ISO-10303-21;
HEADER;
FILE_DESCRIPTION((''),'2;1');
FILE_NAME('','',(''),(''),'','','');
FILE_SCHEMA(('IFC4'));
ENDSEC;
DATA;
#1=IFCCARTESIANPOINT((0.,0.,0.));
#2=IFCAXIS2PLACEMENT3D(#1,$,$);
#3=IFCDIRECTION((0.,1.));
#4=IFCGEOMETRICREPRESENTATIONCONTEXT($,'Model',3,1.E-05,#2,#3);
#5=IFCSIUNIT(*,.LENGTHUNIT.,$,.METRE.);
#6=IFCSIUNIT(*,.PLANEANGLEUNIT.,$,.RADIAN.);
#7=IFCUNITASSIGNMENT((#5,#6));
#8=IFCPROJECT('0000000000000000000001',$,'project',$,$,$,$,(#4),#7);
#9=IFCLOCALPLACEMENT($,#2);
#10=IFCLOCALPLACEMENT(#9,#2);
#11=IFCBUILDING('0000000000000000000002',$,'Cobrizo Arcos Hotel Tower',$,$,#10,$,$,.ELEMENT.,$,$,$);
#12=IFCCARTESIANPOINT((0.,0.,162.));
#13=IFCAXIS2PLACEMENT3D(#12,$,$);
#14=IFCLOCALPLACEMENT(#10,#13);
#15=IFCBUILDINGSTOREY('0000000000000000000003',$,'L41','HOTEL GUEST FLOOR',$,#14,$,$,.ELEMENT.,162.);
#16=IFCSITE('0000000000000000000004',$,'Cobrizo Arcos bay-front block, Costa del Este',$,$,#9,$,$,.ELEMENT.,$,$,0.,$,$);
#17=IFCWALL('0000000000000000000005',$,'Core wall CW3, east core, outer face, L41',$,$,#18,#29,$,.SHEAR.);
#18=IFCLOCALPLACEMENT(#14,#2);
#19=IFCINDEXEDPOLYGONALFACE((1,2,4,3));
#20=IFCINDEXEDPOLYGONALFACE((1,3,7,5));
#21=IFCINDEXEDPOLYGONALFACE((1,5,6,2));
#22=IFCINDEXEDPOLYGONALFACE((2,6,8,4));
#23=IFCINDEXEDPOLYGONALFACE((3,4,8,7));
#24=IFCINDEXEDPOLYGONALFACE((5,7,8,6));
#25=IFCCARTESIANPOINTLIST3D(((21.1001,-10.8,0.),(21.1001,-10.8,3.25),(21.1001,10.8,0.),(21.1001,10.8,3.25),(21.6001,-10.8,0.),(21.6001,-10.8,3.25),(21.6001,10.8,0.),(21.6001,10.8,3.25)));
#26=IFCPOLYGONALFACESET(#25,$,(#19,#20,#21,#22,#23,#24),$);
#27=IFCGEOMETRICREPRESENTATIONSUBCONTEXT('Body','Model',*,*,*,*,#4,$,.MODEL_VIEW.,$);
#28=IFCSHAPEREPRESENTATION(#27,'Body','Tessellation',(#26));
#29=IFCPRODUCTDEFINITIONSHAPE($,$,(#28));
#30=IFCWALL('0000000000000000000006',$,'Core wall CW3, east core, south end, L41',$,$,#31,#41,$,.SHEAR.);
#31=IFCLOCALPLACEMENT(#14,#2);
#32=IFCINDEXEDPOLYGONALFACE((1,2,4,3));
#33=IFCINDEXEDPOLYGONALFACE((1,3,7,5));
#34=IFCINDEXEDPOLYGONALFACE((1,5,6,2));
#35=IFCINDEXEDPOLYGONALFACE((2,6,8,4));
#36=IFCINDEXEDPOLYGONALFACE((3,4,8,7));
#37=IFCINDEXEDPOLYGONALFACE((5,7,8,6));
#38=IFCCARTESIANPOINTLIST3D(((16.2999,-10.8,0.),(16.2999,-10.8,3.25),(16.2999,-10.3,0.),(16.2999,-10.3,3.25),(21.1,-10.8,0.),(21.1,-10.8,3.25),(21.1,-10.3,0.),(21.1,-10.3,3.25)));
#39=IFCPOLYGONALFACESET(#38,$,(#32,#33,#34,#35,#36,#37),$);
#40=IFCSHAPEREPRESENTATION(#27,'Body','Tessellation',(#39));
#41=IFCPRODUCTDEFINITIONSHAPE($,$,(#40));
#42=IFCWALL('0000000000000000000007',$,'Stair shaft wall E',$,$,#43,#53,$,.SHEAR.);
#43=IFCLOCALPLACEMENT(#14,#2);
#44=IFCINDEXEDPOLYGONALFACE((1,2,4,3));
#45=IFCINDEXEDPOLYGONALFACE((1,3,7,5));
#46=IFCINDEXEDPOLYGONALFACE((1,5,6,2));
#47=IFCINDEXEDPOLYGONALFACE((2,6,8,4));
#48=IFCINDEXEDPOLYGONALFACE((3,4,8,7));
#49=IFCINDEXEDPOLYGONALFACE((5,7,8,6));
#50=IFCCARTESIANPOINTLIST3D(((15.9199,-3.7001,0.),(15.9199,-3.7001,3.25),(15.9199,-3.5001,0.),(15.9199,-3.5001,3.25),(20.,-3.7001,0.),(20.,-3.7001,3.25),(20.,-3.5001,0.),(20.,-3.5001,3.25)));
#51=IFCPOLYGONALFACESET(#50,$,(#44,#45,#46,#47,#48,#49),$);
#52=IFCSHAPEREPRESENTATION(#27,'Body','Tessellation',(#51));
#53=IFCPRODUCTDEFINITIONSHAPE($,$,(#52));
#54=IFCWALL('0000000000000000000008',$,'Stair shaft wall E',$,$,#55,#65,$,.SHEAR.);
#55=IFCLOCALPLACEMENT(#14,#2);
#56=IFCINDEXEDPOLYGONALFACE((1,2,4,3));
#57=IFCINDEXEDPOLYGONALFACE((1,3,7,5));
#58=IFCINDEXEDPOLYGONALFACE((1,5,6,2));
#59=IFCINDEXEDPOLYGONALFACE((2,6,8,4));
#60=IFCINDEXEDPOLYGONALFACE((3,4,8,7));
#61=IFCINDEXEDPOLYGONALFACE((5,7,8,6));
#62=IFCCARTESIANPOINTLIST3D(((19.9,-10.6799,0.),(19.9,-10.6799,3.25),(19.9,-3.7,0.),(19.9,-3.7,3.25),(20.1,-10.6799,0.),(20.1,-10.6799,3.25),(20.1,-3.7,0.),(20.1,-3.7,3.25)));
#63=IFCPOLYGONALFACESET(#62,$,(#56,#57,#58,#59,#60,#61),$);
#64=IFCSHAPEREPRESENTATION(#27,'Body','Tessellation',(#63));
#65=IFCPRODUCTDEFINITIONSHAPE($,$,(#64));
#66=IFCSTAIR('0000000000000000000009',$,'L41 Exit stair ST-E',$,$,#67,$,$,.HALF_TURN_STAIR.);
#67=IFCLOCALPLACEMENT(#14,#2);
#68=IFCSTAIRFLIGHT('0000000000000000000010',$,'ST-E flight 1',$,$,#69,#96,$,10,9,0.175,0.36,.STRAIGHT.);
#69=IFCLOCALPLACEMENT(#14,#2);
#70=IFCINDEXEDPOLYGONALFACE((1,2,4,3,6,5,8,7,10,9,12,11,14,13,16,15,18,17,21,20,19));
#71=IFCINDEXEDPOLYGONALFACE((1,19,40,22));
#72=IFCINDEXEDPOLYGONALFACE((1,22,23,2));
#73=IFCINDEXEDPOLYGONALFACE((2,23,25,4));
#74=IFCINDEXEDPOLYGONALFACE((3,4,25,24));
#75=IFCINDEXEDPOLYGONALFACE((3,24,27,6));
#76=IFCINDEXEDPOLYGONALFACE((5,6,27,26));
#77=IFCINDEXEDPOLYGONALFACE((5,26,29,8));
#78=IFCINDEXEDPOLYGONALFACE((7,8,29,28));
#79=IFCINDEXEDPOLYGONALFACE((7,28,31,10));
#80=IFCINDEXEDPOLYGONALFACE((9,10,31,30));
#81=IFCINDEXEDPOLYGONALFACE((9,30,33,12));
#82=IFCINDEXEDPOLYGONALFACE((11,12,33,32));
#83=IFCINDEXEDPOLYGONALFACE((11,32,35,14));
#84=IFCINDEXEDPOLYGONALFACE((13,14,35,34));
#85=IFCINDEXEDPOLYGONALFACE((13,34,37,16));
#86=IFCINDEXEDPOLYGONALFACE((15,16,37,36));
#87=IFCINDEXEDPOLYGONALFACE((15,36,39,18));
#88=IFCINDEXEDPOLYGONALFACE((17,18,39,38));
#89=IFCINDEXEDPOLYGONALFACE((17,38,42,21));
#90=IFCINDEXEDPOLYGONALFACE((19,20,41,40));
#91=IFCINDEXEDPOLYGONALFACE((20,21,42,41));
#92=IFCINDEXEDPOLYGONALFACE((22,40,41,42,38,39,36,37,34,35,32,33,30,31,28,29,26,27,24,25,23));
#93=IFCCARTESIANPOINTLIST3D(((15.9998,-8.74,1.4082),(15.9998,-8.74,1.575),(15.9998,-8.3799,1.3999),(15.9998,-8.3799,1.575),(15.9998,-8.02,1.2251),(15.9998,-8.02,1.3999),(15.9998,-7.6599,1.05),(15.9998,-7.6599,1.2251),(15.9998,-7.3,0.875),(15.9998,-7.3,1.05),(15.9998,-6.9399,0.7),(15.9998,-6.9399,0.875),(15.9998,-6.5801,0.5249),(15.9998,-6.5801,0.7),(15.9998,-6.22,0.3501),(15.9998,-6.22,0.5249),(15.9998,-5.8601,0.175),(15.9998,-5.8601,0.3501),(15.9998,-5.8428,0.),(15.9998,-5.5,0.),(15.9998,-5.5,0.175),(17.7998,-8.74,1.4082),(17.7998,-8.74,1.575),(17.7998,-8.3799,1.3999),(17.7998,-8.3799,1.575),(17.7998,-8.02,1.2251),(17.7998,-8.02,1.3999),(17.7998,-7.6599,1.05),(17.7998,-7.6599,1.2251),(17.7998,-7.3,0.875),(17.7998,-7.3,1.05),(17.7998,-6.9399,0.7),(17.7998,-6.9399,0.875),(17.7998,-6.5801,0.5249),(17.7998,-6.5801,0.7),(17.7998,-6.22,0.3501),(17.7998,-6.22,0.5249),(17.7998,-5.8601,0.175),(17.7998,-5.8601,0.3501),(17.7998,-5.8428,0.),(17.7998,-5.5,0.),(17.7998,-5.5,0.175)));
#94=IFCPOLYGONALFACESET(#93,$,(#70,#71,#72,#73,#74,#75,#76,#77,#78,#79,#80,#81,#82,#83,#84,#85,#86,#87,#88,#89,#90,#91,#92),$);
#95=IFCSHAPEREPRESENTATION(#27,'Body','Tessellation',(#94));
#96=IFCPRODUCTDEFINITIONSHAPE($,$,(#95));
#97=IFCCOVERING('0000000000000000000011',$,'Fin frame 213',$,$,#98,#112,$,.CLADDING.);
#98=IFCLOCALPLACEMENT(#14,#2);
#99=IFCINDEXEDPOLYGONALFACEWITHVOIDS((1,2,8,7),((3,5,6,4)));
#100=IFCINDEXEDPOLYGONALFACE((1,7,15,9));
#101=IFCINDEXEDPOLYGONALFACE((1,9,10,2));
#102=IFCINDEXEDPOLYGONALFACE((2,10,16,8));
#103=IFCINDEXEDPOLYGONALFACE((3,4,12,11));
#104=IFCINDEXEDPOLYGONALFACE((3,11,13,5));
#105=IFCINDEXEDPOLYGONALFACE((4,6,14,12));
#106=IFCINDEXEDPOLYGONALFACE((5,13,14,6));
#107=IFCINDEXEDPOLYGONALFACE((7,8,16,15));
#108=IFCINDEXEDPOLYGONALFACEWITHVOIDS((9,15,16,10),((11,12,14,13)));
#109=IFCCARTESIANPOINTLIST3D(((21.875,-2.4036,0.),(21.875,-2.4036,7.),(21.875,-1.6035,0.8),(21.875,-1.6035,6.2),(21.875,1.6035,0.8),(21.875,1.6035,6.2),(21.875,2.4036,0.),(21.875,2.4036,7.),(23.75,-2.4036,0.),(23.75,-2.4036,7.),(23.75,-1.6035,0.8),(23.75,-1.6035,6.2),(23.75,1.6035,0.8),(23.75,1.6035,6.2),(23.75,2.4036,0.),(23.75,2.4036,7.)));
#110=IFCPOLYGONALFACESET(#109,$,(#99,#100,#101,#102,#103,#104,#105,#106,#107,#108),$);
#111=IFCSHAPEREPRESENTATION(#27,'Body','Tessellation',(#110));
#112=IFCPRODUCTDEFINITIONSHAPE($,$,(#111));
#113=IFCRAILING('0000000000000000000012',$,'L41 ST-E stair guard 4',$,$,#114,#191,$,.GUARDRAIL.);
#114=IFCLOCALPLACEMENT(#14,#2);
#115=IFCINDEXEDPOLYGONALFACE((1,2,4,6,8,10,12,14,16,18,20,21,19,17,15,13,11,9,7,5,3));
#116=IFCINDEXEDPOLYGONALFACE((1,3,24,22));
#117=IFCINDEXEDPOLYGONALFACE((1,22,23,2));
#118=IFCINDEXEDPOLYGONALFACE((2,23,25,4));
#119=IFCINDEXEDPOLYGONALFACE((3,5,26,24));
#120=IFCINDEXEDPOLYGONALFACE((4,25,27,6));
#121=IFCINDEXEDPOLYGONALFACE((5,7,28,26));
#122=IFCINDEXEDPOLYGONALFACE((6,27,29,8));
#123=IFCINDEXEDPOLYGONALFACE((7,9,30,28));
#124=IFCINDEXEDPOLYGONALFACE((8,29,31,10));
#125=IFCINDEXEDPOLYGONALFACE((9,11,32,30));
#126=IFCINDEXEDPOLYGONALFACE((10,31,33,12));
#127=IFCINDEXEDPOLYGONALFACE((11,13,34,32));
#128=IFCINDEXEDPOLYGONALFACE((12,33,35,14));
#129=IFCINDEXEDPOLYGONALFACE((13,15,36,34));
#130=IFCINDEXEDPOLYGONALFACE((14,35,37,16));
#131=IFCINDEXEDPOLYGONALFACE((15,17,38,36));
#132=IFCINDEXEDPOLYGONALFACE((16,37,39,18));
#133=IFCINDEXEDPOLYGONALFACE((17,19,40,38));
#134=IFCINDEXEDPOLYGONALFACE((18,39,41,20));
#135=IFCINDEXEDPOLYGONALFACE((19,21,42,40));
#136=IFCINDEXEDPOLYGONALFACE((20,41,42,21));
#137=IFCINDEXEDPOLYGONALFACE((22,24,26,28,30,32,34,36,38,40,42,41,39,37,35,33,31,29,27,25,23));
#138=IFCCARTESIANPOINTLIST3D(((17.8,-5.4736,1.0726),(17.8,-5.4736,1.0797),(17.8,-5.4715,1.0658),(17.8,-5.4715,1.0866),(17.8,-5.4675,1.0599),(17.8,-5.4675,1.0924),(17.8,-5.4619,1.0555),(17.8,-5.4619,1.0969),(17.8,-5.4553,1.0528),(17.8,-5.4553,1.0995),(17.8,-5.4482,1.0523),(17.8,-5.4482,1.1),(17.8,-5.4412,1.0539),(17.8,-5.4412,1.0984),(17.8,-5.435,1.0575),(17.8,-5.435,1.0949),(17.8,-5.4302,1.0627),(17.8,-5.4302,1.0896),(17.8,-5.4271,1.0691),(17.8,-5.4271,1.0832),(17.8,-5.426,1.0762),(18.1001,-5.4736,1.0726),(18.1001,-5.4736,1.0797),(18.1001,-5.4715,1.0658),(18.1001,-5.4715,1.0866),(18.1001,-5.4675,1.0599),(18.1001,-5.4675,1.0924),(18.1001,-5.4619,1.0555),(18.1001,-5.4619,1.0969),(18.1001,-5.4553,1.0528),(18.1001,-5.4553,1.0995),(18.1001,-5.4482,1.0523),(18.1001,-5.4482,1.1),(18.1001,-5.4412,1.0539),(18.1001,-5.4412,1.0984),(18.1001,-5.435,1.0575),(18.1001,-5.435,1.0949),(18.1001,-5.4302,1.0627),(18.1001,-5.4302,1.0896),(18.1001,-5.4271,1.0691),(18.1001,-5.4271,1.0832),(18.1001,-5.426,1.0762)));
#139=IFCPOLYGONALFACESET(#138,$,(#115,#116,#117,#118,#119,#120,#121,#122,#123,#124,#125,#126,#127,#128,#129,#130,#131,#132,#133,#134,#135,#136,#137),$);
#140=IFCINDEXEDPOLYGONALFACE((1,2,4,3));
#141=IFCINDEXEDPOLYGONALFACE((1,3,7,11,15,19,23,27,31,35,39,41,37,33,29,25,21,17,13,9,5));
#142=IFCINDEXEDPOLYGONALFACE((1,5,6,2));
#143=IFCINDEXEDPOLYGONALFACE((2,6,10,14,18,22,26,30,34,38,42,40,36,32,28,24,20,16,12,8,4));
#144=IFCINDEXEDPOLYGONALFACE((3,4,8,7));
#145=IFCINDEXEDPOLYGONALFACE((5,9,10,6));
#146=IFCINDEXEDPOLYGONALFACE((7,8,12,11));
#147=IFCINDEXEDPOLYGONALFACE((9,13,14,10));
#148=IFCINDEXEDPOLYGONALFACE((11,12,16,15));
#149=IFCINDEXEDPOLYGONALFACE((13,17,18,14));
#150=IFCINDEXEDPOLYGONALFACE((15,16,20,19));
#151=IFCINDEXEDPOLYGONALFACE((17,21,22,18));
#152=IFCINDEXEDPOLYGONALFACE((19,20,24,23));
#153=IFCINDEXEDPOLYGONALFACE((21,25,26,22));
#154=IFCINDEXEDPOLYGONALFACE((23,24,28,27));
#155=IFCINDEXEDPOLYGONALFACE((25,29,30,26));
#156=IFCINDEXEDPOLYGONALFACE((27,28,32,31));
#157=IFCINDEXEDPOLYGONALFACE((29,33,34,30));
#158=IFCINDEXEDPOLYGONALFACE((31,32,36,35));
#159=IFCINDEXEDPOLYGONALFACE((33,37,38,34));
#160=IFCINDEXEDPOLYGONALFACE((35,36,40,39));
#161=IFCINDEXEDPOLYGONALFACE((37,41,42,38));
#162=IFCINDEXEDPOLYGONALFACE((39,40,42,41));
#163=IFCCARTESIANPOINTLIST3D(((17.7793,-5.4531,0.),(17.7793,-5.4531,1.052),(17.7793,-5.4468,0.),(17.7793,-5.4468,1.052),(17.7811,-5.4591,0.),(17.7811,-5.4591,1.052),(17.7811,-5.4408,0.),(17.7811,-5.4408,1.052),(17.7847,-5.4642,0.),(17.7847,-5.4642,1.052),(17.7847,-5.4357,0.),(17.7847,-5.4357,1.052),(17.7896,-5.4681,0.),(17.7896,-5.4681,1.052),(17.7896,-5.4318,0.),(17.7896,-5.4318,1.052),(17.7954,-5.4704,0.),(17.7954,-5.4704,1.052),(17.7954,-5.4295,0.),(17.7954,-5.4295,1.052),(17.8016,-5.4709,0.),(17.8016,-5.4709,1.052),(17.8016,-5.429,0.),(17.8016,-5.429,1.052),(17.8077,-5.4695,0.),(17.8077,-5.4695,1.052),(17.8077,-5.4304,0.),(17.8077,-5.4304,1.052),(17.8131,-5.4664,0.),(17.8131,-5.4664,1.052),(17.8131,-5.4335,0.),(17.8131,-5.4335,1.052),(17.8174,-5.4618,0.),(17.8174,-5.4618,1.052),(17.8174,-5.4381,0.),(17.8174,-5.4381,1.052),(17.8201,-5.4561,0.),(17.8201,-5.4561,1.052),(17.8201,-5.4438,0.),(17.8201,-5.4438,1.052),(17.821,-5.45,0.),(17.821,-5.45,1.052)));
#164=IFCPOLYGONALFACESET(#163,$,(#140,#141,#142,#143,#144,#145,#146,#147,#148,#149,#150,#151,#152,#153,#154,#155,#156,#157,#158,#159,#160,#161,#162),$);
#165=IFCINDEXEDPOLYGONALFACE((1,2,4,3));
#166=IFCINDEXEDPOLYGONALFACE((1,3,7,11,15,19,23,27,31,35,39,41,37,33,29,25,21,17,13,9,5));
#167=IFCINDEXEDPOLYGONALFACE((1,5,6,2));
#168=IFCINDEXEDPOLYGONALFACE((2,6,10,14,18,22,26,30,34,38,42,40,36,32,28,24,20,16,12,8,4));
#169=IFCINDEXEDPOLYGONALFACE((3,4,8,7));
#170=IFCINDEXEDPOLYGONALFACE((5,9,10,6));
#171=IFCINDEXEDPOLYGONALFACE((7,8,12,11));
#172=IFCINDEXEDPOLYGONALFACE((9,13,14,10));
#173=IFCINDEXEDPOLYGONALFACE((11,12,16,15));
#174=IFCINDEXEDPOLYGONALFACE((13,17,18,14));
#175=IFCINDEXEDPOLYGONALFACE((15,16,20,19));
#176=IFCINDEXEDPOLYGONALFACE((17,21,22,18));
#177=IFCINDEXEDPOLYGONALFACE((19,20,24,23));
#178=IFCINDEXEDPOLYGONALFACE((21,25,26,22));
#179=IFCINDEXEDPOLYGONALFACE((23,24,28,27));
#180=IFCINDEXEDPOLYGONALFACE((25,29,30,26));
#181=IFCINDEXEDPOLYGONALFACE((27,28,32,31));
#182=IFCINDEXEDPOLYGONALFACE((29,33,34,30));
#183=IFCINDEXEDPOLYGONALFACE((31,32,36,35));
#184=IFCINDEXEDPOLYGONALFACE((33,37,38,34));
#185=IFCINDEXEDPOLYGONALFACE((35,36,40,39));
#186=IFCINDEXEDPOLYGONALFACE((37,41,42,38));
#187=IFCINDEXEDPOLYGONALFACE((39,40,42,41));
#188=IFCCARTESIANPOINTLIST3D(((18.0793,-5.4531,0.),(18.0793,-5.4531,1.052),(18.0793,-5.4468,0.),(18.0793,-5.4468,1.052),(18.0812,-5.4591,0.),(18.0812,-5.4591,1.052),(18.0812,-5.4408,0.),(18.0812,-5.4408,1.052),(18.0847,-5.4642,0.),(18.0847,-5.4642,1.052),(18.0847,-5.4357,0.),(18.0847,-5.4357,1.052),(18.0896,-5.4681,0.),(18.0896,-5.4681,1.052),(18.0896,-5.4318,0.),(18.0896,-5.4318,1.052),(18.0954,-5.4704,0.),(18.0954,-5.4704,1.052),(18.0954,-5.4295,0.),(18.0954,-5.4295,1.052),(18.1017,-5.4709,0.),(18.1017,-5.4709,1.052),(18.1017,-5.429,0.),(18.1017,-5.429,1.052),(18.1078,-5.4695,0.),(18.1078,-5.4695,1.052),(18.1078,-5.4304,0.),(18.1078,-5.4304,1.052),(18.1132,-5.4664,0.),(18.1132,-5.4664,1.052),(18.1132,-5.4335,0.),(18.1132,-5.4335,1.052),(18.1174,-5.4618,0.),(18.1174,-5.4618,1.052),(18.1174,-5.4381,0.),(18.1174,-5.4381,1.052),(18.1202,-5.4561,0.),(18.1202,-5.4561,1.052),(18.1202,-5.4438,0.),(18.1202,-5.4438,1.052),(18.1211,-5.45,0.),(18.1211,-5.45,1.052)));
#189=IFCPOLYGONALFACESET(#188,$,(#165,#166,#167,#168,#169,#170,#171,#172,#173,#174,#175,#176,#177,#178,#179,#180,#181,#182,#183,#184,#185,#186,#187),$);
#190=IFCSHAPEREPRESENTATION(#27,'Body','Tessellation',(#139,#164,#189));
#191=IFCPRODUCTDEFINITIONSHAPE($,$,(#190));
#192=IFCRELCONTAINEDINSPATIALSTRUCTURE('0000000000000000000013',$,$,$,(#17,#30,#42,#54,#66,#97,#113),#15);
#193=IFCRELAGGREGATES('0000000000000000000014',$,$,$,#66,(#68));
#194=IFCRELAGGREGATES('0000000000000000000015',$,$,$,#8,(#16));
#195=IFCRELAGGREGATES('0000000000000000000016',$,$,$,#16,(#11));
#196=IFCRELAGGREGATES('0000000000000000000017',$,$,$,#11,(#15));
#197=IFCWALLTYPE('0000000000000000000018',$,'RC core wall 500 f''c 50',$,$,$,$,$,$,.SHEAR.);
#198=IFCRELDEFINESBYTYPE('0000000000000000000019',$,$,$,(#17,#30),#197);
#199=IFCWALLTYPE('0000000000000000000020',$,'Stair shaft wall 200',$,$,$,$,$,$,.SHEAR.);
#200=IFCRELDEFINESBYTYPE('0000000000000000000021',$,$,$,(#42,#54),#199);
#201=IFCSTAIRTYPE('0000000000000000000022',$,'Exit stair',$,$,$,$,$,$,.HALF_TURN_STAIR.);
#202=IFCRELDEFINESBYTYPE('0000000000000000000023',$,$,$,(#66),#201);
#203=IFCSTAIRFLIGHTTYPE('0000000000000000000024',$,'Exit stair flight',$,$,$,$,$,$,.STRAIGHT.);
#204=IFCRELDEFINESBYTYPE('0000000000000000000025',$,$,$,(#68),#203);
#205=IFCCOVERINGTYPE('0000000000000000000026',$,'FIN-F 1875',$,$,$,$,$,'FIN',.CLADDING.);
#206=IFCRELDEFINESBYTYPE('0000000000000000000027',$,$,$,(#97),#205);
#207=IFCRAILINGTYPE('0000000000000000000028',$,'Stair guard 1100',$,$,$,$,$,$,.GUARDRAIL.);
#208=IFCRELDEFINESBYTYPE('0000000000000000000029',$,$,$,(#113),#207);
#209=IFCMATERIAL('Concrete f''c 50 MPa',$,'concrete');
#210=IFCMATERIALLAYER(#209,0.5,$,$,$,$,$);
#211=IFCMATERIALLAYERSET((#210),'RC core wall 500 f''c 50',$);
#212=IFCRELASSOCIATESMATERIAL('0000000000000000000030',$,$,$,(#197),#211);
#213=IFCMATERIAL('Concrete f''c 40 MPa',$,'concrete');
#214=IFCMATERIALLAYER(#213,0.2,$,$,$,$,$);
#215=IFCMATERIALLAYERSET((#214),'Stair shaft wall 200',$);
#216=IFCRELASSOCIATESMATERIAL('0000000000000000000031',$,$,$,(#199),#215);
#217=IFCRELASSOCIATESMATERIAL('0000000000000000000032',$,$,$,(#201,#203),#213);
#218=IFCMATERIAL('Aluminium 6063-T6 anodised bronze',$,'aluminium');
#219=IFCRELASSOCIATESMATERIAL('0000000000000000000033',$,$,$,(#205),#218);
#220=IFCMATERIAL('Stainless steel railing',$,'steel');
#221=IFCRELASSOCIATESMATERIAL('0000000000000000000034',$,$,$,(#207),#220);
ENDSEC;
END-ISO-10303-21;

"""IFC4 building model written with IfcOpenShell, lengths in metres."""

from ifc_helpers import new_model, si_unit, direction, frame, frame_2d, origin, origin_2d, place, context, subcontext, project, spatial, polyline, rectangle, circle, outline, extrude, material, layer, layer_set, type_object, element, aggregate, save


model = new_model("IFC4")

# Units and contexts
model_context = context("Model", 3, precision=1e-05, world=origin(), true_north=direction((0.0, 1.0)))
body_context = subcontext(model_context, "Body", "Model", "MODEL_VIEW")
ifc_project = project(units=[si_unit("LENGTHUNIT", "METRE"), si_unit("PLANEANGLEUNIT", "RADIAN")], contexts=[model_context])

# Site, building, storey
site_placement = place(None, origin())
site = spatial("IfcSite", under=ifc_project, at=site_placement, Name="Cobrizo Arcos bay-front block, Costa del Este", CompositionType="ELEMENT", RefElevation=0.0)
building_placement = place(site_placement, origin())
building = spatial("IfcBuilding", under=site, at=building_placement, Name="Cobrizo Arcos Hotel Tower", CompositionType="ELEMENT")
storey_placement = place(building_placement, frame((0.0, 0.0, 162.0)))
storey = spatial("IfcBuildingStorey", under=building, at=storey_placement, Name="L41", Description="HOTEL GUEST FLOOR", CompositionType="ELEMENT", Elevation=162.0)

# Shared definitions
ifc_material_1 = material(Name="Aluminium 6063-T6 anodised bronze", Category="aluminium")

# Shared definitions
ifc_material_2 = material(Name="Concrete f'c 50 MPa", Category="concrete")
ifc_layer_1 = layer(ifc_material_2, 0.5)
ifc_layer_set_1 = layer_set([ifc_layer_1], Name="RC core wall 500 f'c 50")
wall_type_1 = type_object("IfcWallType", Name="RC core wall 500 f'c 50", PredefinedType="SHEAR", material=ifc_layer_set_1)

# Walls
wall_1_placement = place(storey_placement, frame((21.3501, -10.8, 0.0), z_axis=(0.0, 0.0, 1.0), x_axis=(0.0, 1.0, 0.0)))
element("IfcWall", 1, at=wall_1_placement, inside=storey, type_object=wall_type_1, Name="Core wall CW3, east core, outer face, L41", PredefinedType="SHEAR", context=body_context, shape_type="SweptSolid", body=[
    extrude(rectangle(XDim=21.6001, YDim=0.5, at=frame_2d((10.8, 0.0))), origin(), (0.0, 0.0, 1.0), 3.25),
])
wall_2_placement = place(storey_placement, frame((16.3, -10.55, 0.0), z_axis=(0.0, 0.0, 1.0), x_axis=(1.0, 0.0, 0.0)))
element("IfcWall", 2, at=wall_2_placement, inside=storey, type_object=wall_type_1, Name="Core wall CW3, east core, south end, L41", PredefinedType="SHEAR", context=body_context, shape_type="SweptSolid", body=[
    extrude(rectangle(XDim=4.8, YDim=0.5, at=frame_2d((2.3999, 0.0))), origin(), (0.0, 0.0, 1.0), 3.25),
])
ifc_material_3 = material(Name="Concrete f'c 40 MPa", Category="concrete")
ifc_layer_2 = layer(ifc_material_3, 0.2)
ifc_layer_set_2 = layer_set([ifc_layer_2], Name="Stair shaft wall 200")
wall_type_2 = type_object("IfcWallType", Name="Stair shaft wall 200", PredefinedType="SHEAR", material=ifc_layer_set_2)
wall_3_placement = place(storey_placement, frame((15.9199, -3.6001, 0.0), z_axis=(0.0, 0.0, 1.0), x_axis=(1.0, 0.0, 0.0)))
element("IfcWall", 3, at=wall_3_placement, inside=storey, type_object=wall_type_2, Name="Stair shaft wall E", PredefinedType="SHEAR", context=body_context, shape_type="SweptSolid", body=[
    extrude(rectangle(XDim=4.0801, YDim=0.2, at=frame_2d((2.04, 0.0))), origin(), (0.0, 0.0, 1.0), 3.25),
])
wall_4_placement = place(storey_placement, frame((20.0, -10.6799, 0.0), z_axis=(0.0, 0.0, 1.0), x_axis=(0.0, 1.0, 0.0)))
element("IfcWall", 4, at=wall_4_placement, inside=storey, type_object=wall_type_2, Name="Stair shaft wall E", PredefinedType="SHEAR", context=body_context, shape_type="SweptSolid", body=[
    extrude(rectangle(XDim=6.98, YDim=0.2, at=frame_2d((3.49, 0.0))), origin(), (0.0, 0.0, 1.0), 3.25),
])

# Stair, stair flight
stair_type = type_object("IfcStairType", Name="Exit stair", PredefinedType="HALF_TURN_STAIR", material=ifc_material_3)
stair_placement = place(storey_placement, origin())
stair = element("IfcStair", 5, at=stair_placement, inside=storey, type_object=stair_type, Name="L41 Exit stair ST-E", PredefinedType="HALF_TURN_STAIR")
stair_flight_type = type_object("IfcStairFlightType", Name="Exit stair flight", PredefinedType="STRAIGHT", material=ifc_material_3)
stair_flight_placement = place(storey_placement, frame((16.8999, -5.5, 0.0), z_axis=(0.0, 0.0, 1.0), x_axis=(0.0, -1.0, 0.0)))
stair_flight = element("IfcStairFlight", 6, at=stair_flight_placement, type_object=stair_flight_type, Name="ST-E flight 1", NumberOfRisers=10, NumberOfTreads=9, PredefinedType="STRAIGHT", RiserHeight=0.175, TreadLength=0.36, context=body_context, shape_type="SweptSolid", body=[
    extrude(outline(polyline([(0.0, 0.0), (0.0, 0.175), (0.3601, 0.175), (0.3601, 0.3501), (0.72, 0.3501), (0.72, 0.5249), (1.0801, 0.5249), (1.0801, 0.7), (1.4399, 0.7), (1.4399, 0.875), (1.8, 0.875), (1.8, 1.05), (2.1599, 1.05), (2.1599, 1.2251), (2.52, 1.2251), (2.52, 1.3999), (2.8799, 1.3999), (2.8799, 1.575), (3.24, 1.575), (3.24, 1.75), (3.24, 1.4082), (0.3428, 0.0), (0.0, 0.0)])), frame((0.0, 0.8999, 0.0), z_axis=(0.0, -1.0, 0.0), x_axis=(1.0, 0.0, 0.0)), (0.0, 0.0, 1.0), 1.8),
])
aggregate(stair, [stair_flight])

# Covering
covering_type = type_object("IfcCoveringType", Name="FIN-F 1875", ElementType="FIN", PredefinedType="CLADDING", material=ifc_material_1)
covering_placement = place(storey_placement, frame((21.875, -2.4036, 0.0), z_axis=(1.0, 0.0, 0.0), x_axis=(0.0, 1.0, 0.0)))
element("IfcCovering", 7, at=covering_placement, inside=storey, type_object=covering_type, Name="Fin frame 213", PredefinedType="CLADDING", context=body_context, shape_type="SweptSolid", body=[
    extrude(outline(polyline([(0.0, 7.0), (0.0, 0.0), (4.8071, 0.0), (4.8071, 7.0), (0.0, 7.0)]), holes=[polyline([(4.0071, 0.8), (0.8, 0.8), (0.8, 6.2), (4.0071, 6.2), (4.0071, 0.8)])]), origin(), (0.0, 0.0, 1.0), 1.875),
])

# Railing
ifc_material_4 = material(Name="Stainless steel railing", Category="steel")
railing_type = type_object("IfcRailingType", Name="Stair guard 1100", PredefinedType="GUARDRAIL", material=ifc_material_4)
railing_placement = place(storey_placement, frame((17.8, -5.45, 0.0)))
element("IfcRailing", 8, at=railing_placement, inside=storey, type_object=railing_type, Name="L41 ST-E stair guard 4", PredefinedType="GUARDRAIL", context=body_context, shape_type="SweptSolid", body=[
    extrude(circle(Radius=0.0239, at=origin_2d()), frame((0.0, 0.0, 1.0762), z_axis=(1.0, 0.0, 0.0), x_axis=(0.0, 1.0, 0.0)), (0.0, 0.0, 1.0), 0.3),
    extrude(circle(Radius=0.021, at=origin_2d()), origin(), (0.0, 0.0, 1.0), 1.052),
    extrude(circle(Radius=0.021, at=origin_2d()), frame((0.3, 0.0, 0.0)), (0.0, 0.0, 1.0), 1.052),
])

save(model, "model.ifc")
